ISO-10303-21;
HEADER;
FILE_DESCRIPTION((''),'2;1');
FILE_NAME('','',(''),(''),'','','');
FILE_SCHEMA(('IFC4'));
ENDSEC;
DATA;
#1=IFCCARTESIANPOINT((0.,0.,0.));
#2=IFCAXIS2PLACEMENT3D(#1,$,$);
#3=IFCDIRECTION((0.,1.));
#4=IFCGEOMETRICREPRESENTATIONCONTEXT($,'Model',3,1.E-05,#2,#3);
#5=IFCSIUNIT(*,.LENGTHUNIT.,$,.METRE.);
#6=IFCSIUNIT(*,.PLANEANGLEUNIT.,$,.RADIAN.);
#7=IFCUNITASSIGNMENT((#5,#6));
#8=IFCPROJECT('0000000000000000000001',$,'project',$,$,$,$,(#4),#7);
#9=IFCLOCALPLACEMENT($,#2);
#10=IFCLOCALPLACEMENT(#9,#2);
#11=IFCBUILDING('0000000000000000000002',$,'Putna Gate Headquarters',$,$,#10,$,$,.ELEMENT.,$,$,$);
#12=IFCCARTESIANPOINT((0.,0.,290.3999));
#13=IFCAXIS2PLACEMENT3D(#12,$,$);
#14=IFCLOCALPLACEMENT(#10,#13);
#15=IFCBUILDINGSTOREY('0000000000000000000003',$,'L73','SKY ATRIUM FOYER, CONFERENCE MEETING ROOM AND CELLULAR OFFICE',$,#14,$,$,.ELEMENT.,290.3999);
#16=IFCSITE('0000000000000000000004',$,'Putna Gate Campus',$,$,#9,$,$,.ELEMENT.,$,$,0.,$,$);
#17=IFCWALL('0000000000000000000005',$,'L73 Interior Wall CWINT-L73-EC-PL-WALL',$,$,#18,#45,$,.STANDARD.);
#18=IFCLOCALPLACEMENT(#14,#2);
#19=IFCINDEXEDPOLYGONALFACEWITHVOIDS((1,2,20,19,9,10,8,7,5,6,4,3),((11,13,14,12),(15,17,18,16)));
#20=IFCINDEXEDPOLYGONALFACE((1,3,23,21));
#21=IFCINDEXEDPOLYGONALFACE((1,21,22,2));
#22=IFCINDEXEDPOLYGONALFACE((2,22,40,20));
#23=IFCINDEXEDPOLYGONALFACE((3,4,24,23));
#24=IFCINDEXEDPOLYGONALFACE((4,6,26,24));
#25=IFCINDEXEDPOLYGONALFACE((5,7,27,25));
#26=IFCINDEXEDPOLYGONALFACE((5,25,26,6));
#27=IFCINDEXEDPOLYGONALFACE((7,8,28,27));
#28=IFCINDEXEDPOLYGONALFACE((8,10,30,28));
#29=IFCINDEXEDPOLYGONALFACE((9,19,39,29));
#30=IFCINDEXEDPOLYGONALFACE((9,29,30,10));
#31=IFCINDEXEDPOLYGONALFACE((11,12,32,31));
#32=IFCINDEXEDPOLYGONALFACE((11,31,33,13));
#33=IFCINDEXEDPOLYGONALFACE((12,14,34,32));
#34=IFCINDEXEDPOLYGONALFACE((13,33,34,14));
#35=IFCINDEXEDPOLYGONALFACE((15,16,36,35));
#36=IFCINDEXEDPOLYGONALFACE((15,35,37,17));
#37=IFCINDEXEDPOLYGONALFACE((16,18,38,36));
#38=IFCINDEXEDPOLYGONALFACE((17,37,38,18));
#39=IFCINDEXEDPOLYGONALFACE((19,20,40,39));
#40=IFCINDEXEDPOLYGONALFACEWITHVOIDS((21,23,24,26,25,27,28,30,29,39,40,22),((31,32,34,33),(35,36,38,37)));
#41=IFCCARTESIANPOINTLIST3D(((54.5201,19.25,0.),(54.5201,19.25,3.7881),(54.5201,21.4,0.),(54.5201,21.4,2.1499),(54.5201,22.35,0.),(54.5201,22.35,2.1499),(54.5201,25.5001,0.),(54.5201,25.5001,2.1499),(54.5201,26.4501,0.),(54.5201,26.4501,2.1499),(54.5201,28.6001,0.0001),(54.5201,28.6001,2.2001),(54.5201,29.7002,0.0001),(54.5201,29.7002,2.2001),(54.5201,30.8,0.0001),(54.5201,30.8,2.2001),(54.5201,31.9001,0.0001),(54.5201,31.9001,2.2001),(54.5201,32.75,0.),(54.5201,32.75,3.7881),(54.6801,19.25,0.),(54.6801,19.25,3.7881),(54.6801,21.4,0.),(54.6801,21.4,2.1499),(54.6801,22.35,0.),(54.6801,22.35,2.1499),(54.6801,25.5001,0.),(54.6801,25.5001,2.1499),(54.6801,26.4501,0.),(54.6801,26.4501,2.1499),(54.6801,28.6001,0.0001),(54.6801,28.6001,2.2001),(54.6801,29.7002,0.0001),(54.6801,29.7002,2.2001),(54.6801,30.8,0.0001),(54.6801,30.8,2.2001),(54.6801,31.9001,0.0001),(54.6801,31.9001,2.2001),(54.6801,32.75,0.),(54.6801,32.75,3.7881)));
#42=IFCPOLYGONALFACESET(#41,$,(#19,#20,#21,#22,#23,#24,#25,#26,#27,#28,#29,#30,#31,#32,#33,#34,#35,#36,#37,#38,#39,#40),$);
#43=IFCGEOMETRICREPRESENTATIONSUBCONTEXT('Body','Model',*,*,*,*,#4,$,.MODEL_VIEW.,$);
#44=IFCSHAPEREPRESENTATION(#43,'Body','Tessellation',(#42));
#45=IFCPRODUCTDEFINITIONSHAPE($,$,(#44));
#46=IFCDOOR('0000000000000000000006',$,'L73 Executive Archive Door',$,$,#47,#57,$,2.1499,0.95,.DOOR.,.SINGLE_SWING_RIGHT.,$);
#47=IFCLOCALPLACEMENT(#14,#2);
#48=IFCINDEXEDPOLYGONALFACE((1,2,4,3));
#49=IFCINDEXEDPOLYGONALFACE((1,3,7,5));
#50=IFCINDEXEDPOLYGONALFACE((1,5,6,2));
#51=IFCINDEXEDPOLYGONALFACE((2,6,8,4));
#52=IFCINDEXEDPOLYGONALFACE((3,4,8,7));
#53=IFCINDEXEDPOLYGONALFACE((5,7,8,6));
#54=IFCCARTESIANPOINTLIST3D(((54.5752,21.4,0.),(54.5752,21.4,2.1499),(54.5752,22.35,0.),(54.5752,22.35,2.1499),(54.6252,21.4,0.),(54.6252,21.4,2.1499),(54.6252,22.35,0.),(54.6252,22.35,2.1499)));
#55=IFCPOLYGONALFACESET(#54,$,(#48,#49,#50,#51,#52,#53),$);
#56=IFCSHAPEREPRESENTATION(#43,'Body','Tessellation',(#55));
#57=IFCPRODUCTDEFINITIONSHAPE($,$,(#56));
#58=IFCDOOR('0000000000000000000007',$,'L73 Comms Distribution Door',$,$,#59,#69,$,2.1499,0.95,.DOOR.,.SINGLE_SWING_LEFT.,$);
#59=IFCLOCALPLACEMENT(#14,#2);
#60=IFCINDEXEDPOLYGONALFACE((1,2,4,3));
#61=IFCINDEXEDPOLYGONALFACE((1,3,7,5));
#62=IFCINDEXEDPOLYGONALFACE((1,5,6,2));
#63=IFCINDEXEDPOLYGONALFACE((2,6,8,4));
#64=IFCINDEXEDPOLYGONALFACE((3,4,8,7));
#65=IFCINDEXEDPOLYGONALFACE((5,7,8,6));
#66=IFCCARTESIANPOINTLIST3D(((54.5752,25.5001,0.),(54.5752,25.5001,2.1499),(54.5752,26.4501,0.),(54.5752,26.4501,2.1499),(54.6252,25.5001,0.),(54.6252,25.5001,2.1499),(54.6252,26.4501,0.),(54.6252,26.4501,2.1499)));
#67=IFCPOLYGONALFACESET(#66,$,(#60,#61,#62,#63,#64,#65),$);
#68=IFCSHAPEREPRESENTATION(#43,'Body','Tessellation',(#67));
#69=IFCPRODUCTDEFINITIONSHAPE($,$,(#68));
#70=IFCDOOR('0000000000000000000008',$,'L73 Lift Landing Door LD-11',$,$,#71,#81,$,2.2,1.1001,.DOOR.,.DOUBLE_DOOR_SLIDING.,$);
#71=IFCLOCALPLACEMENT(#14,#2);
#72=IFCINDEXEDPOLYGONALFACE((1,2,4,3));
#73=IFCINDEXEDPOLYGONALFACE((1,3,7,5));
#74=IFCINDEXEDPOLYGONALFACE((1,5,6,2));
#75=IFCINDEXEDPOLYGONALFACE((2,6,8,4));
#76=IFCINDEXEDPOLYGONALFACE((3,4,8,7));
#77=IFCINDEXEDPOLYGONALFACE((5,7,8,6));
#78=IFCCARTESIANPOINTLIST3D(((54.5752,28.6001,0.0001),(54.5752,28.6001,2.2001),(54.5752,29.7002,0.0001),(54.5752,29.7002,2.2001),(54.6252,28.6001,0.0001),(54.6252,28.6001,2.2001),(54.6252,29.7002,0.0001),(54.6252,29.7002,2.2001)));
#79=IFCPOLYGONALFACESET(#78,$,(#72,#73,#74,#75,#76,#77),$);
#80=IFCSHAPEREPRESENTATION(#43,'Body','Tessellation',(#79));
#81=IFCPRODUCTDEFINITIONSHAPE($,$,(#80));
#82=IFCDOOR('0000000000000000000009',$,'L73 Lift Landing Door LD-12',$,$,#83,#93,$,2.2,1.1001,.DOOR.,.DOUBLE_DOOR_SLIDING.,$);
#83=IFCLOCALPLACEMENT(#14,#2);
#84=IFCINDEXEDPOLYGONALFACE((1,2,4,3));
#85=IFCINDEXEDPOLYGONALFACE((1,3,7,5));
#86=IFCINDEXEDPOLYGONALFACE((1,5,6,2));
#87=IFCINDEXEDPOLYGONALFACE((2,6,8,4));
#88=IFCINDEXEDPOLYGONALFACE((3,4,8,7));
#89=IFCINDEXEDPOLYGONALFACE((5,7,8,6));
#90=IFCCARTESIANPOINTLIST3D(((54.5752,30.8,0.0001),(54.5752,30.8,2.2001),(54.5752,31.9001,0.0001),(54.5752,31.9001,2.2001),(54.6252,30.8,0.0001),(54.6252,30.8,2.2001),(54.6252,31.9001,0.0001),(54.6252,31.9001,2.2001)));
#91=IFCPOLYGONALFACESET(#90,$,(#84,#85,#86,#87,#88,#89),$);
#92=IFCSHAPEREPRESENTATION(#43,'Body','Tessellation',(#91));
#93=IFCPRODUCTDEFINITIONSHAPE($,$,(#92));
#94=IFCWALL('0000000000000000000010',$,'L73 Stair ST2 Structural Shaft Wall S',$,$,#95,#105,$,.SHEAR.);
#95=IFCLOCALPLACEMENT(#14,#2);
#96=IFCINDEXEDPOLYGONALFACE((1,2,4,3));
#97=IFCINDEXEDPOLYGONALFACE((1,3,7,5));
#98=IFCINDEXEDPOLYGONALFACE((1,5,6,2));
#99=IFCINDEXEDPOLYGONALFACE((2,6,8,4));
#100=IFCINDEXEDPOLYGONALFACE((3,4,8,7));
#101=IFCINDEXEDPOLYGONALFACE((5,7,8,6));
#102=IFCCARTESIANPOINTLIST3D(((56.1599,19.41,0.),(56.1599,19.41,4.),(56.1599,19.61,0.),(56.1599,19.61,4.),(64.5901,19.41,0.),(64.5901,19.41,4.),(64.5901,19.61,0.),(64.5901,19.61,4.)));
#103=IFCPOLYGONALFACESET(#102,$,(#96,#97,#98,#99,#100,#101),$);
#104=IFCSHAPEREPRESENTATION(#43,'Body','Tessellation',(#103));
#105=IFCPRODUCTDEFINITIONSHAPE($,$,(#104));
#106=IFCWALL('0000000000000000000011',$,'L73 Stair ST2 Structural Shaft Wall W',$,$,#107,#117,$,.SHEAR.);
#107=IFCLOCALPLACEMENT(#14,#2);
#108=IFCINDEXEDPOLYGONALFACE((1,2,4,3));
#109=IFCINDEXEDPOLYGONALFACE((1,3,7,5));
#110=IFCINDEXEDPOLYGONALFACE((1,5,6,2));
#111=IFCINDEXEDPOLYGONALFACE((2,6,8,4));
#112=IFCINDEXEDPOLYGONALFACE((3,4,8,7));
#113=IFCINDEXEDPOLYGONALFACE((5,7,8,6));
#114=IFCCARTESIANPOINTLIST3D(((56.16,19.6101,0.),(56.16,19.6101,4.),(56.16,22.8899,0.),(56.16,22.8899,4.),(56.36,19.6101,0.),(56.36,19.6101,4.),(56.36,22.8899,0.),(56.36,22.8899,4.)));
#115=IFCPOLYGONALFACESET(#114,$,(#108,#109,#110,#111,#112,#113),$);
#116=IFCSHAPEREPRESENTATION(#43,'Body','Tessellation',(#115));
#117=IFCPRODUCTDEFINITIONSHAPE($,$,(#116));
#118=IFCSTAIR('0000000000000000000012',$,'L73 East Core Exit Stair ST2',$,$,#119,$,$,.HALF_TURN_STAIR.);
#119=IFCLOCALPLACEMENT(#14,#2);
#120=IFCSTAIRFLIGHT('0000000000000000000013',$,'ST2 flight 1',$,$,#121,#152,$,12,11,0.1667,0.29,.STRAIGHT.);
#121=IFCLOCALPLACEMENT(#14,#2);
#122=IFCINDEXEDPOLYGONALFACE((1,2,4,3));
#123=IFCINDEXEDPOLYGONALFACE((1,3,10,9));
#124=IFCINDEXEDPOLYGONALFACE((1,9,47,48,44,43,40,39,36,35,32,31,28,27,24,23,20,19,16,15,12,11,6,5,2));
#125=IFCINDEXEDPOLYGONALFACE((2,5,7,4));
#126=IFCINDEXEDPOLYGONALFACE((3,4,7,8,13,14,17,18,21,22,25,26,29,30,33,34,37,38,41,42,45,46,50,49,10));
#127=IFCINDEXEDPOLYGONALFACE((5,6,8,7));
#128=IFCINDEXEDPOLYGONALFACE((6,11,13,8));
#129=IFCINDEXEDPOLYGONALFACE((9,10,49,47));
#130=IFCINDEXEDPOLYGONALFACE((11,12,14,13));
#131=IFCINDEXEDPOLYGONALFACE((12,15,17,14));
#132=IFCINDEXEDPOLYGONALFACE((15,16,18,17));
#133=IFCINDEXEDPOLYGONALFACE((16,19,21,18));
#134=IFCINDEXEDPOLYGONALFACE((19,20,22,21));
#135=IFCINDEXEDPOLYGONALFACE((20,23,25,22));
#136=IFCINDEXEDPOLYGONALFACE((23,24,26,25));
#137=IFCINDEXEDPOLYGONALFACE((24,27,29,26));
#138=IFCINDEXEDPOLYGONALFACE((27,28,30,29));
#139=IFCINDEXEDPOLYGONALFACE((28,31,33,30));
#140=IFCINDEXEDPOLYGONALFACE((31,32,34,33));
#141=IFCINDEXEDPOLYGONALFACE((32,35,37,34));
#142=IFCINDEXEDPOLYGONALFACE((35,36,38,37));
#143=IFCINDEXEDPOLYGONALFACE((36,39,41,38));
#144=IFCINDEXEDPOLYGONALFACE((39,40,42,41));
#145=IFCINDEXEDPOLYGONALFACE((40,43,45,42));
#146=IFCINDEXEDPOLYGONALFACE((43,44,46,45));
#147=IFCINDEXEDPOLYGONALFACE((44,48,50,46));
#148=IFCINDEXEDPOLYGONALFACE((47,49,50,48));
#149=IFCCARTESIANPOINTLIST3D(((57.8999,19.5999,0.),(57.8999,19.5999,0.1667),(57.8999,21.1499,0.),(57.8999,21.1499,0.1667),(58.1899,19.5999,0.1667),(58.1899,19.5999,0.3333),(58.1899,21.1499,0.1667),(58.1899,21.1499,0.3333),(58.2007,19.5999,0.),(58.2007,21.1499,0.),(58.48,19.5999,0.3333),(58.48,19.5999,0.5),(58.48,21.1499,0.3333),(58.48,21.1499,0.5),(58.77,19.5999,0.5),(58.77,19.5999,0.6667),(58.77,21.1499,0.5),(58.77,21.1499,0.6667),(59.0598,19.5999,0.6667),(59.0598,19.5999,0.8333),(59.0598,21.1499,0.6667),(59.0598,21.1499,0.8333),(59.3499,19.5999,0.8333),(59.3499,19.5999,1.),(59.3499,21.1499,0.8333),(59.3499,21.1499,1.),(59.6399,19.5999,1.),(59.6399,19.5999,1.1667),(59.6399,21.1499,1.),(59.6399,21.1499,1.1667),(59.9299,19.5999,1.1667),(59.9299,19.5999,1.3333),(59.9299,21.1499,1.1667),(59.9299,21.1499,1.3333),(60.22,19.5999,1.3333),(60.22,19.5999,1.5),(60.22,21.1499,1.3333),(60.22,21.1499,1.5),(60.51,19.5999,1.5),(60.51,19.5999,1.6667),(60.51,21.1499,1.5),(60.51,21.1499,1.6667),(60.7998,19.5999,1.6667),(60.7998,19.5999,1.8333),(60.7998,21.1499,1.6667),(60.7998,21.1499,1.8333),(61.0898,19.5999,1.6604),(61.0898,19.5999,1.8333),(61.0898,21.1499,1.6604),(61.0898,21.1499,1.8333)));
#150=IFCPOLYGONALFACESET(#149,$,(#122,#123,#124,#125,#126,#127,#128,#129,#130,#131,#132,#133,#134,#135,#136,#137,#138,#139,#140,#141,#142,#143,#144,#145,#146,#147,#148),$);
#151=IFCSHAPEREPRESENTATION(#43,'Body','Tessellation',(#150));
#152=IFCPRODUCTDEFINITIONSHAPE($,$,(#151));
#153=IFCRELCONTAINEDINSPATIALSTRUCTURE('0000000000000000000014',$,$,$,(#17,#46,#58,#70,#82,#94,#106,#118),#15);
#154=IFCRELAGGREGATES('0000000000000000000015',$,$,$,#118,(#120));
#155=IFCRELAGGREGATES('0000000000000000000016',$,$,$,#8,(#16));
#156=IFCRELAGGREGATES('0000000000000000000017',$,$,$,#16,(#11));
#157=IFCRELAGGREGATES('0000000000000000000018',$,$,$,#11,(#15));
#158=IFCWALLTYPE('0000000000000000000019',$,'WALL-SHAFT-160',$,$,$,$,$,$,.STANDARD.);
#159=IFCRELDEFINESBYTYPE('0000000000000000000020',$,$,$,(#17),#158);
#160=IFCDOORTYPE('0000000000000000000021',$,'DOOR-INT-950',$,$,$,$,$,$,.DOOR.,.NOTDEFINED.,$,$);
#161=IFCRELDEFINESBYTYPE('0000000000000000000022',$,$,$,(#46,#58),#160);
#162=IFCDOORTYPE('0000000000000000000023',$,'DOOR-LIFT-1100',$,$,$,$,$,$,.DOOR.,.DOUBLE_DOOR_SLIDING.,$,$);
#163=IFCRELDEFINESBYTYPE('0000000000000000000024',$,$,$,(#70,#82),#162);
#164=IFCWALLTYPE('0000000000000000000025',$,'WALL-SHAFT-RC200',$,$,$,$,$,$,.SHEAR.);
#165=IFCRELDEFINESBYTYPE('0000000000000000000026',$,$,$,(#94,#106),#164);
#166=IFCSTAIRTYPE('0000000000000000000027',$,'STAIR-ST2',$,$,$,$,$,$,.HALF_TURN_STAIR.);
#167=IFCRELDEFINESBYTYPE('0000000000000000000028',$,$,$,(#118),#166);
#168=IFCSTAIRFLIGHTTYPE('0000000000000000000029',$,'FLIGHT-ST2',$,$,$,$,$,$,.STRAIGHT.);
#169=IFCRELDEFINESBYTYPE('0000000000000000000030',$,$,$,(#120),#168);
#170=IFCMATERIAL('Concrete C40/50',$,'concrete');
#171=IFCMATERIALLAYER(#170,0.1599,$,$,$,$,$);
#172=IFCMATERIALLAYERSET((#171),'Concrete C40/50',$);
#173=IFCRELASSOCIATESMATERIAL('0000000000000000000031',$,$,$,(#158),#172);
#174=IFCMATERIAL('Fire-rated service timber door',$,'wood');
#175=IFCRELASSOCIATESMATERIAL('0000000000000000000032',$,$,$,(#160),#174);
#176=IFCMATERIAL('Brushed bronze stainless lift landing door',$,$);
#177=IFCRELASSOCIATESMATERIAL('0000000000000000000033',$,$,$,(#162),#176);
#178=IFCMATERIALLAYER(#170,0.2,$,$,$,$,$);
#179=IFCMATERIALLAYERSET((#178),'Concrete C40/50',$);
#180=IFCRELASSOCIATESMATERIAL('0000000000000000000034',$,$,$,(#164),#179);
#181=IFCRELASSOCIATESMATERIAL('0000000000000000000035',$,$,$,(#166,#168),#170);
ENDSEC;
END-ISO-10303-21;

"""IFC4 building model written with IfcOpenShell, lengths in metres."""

from ifc_helpers import new_model, si_unit, direction, frame, frame_2d, origin, place, context, subcontext, project, spatial, polyline, rectangle, outline, extrude, material, layer, layer_set, type_object, element, fill, aggregate, save


model = new_model("IFC4")

# Units and contexts
model_context = context("Model", 3, precision=1e-05, world=origin(), true_north=direction((0.0, 1.0)))
body_context = subcontext(model_context, "Body", "Model", "MODEL_VIEW")
ifc_project = project(units=[si_unit("LENGTHUNIT", "METRE"), si_unit("PLANEANGLEUNIT", "RADIAN")], contexts=[model_context])

# Site, building, storey
site_placement = place(None, origin())
site = spatial("IfcSite", under=ifc_project, at=site_placement, Name="Putna Gate Campus", CompositionType="ELEMENT", RefElevation=0.0)
building_placement = place(site_placement, origin())
building = spatial("IfcBuilding", under=site, at=building_placement, Name="Putna Gate Headquarters", CompositionType="ELEMENT")
storey_placement = place(building_placement, frame((0.0, 0.0, 290.3999)))
storey = spatial("IfcBuildingStorey", under=building, at=storey_placement, Name="L73", Description="SKY ATRIUM FOYER, CONFERENCE MEETING ROOM AND CELLULAR OFFICE", CompositionType="ELEMENT", Elevation=290.3999)

# Wall, openings, doors
ifc_material_1 = material(Name="Concrete C40/50", Category="concrete")
ifc_layer_1 = layer(ifc_material_1, 0.1599)
ifc_layer_set_1 = layer_set([ifc_layer_1], Name="Concrete C40/50")
wall_type_1 = type_object("IfcWallType", Name="WALL-SHAFT-160", PredefinedType="STANDARD", material=ifc_layer_set_1)
wall_1_placement = place(storey_placement, frame((54.6001, 19.25, 0.0), z_axis=(0.0, 0.0, 1.0), x_axis=(0.0, 1.0, 0.0)))
wall_1 = element("IfcWall", 1, at=wall_1_placement, inside=storey, type_object=wall_type_1, Name="L73 Interior Wall CWINT-L73-EC-PL-WALL", PredefinedType="STANDARD", context=body_context, shape_type="SweptSolid", body=[
    extrude(rectangle(XDim=13.5, YDim=0.1599, at=frame_2d((6.75, 0.0))), origin(), (0.0, 0.0, 1.0), 3.7881),
])
opening_1_placement = place(wall_1_placement, frame((2.1499, 0.0, 0.0)))
opening_1 = element("IfcOpeningElement", 2, at=opening_1_placement, cuts=wall_1, PredefinedType="OPENING", context=body_context, shape_type="SweptSolid", body=[
    extrude(rectangle(XDim=0.95, YDim=2.1499, at=frame_2d((0.4751, 1.075))), frame((0.0, 0.0898, 0.0), z_axis=(0.0, -1.0, 0.0), x_axis=(1.0, 0.0, 0.0)), (0.0, 0.0, 1.0), 0.1799),
])
opening_2_placement = place(wall_1_placement, frame((6.25, 0.0, 0.0)))
opening_2 = element("IfcOpeningElement", 3, at=opening_2_placement, cuts=wall_1, PredefinedType="OPENING", context=body_context, shape_type="SweptSolid", body=[
    extrude(rectangle(XDim=0.95, YDim=2.1499, at=frame_2d((0.4751, 1.075))), frame((0.0, 0.0898, 0.0), z_axis=(0.0, -1.0, 0.0), x_axis=(1.0, 0.0, 0.0)), (0.0, 0.0, 1.0), 0.1799),
])
opening_3_placement = place(wall_1_placement, frame((9.3501, 0.0, 0.0)))
opening_3 = element("IfcOpeningElement", 4, at=opening_3_placement, cuts=wall_1, PredefinedType="OPENING", context=body_context, shape_type="SweptSolid", body=[
    extrude(rectangle(XDim=1.1001, YDim=2.2, at=frame_2d((0.55, 1.1001))), frame((0.0, 0.0898, 0.0), z_axis=(0.0, -1.0, 0.0), x_axis=(1.0, 0.0, 0.0)), (0.0, 0.0, 1.0), 0.1799),
])
opening_4_placement = place(wall_1_placement, frame((11.55, 0.0, 0.0)))
opening_4 = element("IfcOpeningElement", 5, at=opening_4_placement, cuts=wall_1, PredefinedType="OPENING", context=body_context, shape_type="SweptSolid", body=[
    extrude(rectangle(XDim=1.1001, YDim=2.2, at=frame_2d((0.55, 1.1001))), frame((0.0, 0.0898, 0.0), z_axis=(0.0, -1.0, 0.0), x_axis=(1.0, 0.0, 0.0)), (0.0, 0.0, 1.0), 0.1799),
])
ifc_material_2 = material(Name="Fire-rated service timber door", Category="wood")
door_type_1 = type_object("IfcDoorType", Name="DOOR-INT-950", OperationType="NOTDEFINED", PredefinedType="DOOR", material=ifc_material_2)
door_1_placement = place(opening_1_placement, origin())
door_1 = element("IfcDoor", 6, at=door_1_placement, inside=storey, type_object=door_type_1, Name="L73 Executive Archive Door", OperationType="SINGLE_SWING_RIGHT", OverallHeight=2.1499, OverallWidth=0.95, PredefinedType="DOOR", context=body_context, shape_type="SweptSolid", body=[
    extrude(rectangle(XDim=0.95, YDim=2.1499, at=frame_2d((0.4751, 1.075))), frame((0.0, 0.0249, 0.0), z_axis=(0.0, -1.0, 0.0), x_axis=(1.0, 0.0, 0.0)), (0.0, 0.0, 1.0), 0.05),
])
fill(opening_1, door_1)
door_2_placement = place(opening_2_placement, origin())
door_2 = element("IfcDoor", 7, at=door_2_placement, inside=storey, type_object=door_type_1, Name="L73 Comms Distribution Door", OperationType="SINGLE_SWING_LEFT", OverallHeight=2.1499, OverallWidth=0.95, PredefinedType="DOOR", context=body_context, shape_type="SweptSolid", body=[
    extrude(rectangle(XDim=0.95, YDim=2.1499, at=frame_2d((0.4751, 1.075))), frame((0.0, 0.0249, 0.0), z_axis=(0.0, -1.0, 0.0), x_axis=(1.0, 0.0, 0.0)), (0.0, 0.0, 1.0), 0.05),
])
fill(opening_2, door_2)
ifc_material_3 = material(Name="Brushed bronze stainless lift landing door")
door_type_2 = type_object("IfcDoorType", Name="DOOR-LIFT-1100", OperationType="DOUBLE_DOOR_SLIDING", PredefinedType="DOOR", material=ifc_material_3)
door_3_placement = place(opening_3_placement, origin())
door_3 = element("IfcDoor", 8, at=door_3_placement, inside=storey, type_object=door_type_2, Name="L73 Lift Landing Door LD-11", OperationType="DOUBLE_DOOR_SLIDING", OverallHeight=2.2, OverallWidth=1.1001, PredefinedType="DOOR", context=body_context, shape_type="SweptSolid", body=[
    extrude(rectangle(XDim=1.1001, YDim=2.2, at=frame_2d((0.55, 1.1001))), frame((0.0, 0.0249, 0.0), z_axis=(0.0, -1.0, 0.0), x_axis=(1.0, 0.0, 0.0)), (0.0, 0.0, 1.0), 0.05),
])
fill(opening_3, door_3)
door_4_placement = place(opening_4_placement, origin())
door_4 = element("IfcDoor", 9, at=door_4_placement, inside=storey, type_object=door_type_2, Name="L73 Lift Landing Door LD-12", OperationType="DOUBLE_DOOR_SLIDING", OverallHeight=2.2, OverallWidth=1.1001, PredefinedType="DOOR", context=body_context, shape_type="SweptSolid", body=[
    extrude(rectangle(XDim=1.1001, YDim=2.2, at=frame_2d((0.55, 1.1001))), frame((0.0, 0.0249, 0.0), z_axis=(0.0, -1.0, 0.0), x_axis=(1.0, 0.0, 0.0)), (0.0, 0.0, 1.0), 0.05),
])
fill(opening_4, door_4)

# Walls
ifc_layer_2 = layer(ifc_material_1, 0.2)
ifc_layer_set_2 = layer_set([ifc_layer_2], Name="Concrete C40/50")
wall_type_2 = type_object("IfcWallType", Name="WALL-SHAFT-RC200", PredefinedType="SHEAR", material=ifc_layer_set_2)
wall_2_placement = place(storey_placement, frame((56.1599, 19.51, 0.0), z_axis=(0.0, 0.0, 1.0), x_axis=(1.0, 0.0, 0.0)))
element("IfcWall", 10, at=wall_2_placement, inside=storey, type_object=wall_type_2, Name="L73 Stair ST2 Structural Shaft Wall S", PredefinedType="SHEAR", context=body_context, shape_type="SweptSolid", body=[
    extrude(rectangle(XDim=8.4302, YDim=0.2, at=frame_2d((4.2151, 0.0))), origin(), (0.0, 0.0, 1.0), 4.0),
])
wall_3_placement = place(storey_placement, frame((56.26, 19.6101, 0.0), z_axis=(0.0, 0.0, 1.0), x_axis=(0.0, 1.0, 0.0)))
element("IfcWall", 11, at=wall_3_placement, inside=storey, type_object=wall_type_2, Name="L73 Stair ST2 Structural Shaft Wall W", PredefinedType="SHEAR", context=body_context, shape_type="SweptSolid", body=[
    extrude(rectangle(XDim=3.2798, YDim=0.2, at=frame_2d((1.6399, 0.0))), origin(), (0.0, 0.0, 1.0), 4.0),
])

# Stair, stair flight
stair_type = type_object("IfcStairType", Name="STAIR-ST2", PredefinedType="HALF_TURN_STAIR", material=ifc_material_1)
stair_placement = place(storey_placement, origin())
stair = element("IfcStair", 12, at=stair_placement, inside=storey, type_object=stair_type, Name="L73 East Core Exit Stair ST2", PredefinedType="HALF_TURN_STAIR")
stair_flight_type = type_object("IfcStairFlightType", Name="FLIGHT-ST2", PredefinedType="STRAIGHT", material=ifc_material_1)
stair_flight_placement = place(storey_placement, frame((57.8999, 20.375, 0.0), z_axis=(0.0, 0.0, 1.0), x_axis=(1.0, 0.0, 0.0)))
stair_flight = element("IfcStairFlight", 13, at=stair_flight_placement, type_object=stair_flight_type, Name="ST2 flight 1", NumberOfRisers=12, NumberOfTreads=11, PredefinedType="STRAIGHT", RiserHeight=0.1667, TreadLength=0.29, context=body_context, shape_type="SweptSolid", body=[
    extrude(outline(polyline([(0.0, 0.0), (0.0, 0.1667), (0.29, 0.1667), (0.29, 0.3333), (0.5801, 0.3333), (0.5801, 0.5), (0.8701, 0.5), (0.8701, 0.6667), (1.1599, 0.6667), (1.1599, 0.8333), (1.45, 0.8333), (1.45, 1.0), (1.74, 1.0), (1.74, 1.1667), (2.03, 1.1667), (2.03, 1.3333), (2.3201, 1.3333), (2.3201, 1.5), (2.6101, 1.5), (2.6101, 1.6667), (2.8999, 1.6667), (2.8999, 1.8333), (3.1899, 1.8333), (3.1899, 2.0), (3.1899, 1.6604), (0.3008, 0.0), (0.0, 0.0)])), frame((0.0, 0.7749, 0.0), z_axis=(0.0, -1.0, 0.0), x_axis=(1.0, 0.0, 0.0)), (0.0, 0.0, 1.0), 1.55),
])
aggregate(stair, [stair_flight])

save(model, "model.ifc")
